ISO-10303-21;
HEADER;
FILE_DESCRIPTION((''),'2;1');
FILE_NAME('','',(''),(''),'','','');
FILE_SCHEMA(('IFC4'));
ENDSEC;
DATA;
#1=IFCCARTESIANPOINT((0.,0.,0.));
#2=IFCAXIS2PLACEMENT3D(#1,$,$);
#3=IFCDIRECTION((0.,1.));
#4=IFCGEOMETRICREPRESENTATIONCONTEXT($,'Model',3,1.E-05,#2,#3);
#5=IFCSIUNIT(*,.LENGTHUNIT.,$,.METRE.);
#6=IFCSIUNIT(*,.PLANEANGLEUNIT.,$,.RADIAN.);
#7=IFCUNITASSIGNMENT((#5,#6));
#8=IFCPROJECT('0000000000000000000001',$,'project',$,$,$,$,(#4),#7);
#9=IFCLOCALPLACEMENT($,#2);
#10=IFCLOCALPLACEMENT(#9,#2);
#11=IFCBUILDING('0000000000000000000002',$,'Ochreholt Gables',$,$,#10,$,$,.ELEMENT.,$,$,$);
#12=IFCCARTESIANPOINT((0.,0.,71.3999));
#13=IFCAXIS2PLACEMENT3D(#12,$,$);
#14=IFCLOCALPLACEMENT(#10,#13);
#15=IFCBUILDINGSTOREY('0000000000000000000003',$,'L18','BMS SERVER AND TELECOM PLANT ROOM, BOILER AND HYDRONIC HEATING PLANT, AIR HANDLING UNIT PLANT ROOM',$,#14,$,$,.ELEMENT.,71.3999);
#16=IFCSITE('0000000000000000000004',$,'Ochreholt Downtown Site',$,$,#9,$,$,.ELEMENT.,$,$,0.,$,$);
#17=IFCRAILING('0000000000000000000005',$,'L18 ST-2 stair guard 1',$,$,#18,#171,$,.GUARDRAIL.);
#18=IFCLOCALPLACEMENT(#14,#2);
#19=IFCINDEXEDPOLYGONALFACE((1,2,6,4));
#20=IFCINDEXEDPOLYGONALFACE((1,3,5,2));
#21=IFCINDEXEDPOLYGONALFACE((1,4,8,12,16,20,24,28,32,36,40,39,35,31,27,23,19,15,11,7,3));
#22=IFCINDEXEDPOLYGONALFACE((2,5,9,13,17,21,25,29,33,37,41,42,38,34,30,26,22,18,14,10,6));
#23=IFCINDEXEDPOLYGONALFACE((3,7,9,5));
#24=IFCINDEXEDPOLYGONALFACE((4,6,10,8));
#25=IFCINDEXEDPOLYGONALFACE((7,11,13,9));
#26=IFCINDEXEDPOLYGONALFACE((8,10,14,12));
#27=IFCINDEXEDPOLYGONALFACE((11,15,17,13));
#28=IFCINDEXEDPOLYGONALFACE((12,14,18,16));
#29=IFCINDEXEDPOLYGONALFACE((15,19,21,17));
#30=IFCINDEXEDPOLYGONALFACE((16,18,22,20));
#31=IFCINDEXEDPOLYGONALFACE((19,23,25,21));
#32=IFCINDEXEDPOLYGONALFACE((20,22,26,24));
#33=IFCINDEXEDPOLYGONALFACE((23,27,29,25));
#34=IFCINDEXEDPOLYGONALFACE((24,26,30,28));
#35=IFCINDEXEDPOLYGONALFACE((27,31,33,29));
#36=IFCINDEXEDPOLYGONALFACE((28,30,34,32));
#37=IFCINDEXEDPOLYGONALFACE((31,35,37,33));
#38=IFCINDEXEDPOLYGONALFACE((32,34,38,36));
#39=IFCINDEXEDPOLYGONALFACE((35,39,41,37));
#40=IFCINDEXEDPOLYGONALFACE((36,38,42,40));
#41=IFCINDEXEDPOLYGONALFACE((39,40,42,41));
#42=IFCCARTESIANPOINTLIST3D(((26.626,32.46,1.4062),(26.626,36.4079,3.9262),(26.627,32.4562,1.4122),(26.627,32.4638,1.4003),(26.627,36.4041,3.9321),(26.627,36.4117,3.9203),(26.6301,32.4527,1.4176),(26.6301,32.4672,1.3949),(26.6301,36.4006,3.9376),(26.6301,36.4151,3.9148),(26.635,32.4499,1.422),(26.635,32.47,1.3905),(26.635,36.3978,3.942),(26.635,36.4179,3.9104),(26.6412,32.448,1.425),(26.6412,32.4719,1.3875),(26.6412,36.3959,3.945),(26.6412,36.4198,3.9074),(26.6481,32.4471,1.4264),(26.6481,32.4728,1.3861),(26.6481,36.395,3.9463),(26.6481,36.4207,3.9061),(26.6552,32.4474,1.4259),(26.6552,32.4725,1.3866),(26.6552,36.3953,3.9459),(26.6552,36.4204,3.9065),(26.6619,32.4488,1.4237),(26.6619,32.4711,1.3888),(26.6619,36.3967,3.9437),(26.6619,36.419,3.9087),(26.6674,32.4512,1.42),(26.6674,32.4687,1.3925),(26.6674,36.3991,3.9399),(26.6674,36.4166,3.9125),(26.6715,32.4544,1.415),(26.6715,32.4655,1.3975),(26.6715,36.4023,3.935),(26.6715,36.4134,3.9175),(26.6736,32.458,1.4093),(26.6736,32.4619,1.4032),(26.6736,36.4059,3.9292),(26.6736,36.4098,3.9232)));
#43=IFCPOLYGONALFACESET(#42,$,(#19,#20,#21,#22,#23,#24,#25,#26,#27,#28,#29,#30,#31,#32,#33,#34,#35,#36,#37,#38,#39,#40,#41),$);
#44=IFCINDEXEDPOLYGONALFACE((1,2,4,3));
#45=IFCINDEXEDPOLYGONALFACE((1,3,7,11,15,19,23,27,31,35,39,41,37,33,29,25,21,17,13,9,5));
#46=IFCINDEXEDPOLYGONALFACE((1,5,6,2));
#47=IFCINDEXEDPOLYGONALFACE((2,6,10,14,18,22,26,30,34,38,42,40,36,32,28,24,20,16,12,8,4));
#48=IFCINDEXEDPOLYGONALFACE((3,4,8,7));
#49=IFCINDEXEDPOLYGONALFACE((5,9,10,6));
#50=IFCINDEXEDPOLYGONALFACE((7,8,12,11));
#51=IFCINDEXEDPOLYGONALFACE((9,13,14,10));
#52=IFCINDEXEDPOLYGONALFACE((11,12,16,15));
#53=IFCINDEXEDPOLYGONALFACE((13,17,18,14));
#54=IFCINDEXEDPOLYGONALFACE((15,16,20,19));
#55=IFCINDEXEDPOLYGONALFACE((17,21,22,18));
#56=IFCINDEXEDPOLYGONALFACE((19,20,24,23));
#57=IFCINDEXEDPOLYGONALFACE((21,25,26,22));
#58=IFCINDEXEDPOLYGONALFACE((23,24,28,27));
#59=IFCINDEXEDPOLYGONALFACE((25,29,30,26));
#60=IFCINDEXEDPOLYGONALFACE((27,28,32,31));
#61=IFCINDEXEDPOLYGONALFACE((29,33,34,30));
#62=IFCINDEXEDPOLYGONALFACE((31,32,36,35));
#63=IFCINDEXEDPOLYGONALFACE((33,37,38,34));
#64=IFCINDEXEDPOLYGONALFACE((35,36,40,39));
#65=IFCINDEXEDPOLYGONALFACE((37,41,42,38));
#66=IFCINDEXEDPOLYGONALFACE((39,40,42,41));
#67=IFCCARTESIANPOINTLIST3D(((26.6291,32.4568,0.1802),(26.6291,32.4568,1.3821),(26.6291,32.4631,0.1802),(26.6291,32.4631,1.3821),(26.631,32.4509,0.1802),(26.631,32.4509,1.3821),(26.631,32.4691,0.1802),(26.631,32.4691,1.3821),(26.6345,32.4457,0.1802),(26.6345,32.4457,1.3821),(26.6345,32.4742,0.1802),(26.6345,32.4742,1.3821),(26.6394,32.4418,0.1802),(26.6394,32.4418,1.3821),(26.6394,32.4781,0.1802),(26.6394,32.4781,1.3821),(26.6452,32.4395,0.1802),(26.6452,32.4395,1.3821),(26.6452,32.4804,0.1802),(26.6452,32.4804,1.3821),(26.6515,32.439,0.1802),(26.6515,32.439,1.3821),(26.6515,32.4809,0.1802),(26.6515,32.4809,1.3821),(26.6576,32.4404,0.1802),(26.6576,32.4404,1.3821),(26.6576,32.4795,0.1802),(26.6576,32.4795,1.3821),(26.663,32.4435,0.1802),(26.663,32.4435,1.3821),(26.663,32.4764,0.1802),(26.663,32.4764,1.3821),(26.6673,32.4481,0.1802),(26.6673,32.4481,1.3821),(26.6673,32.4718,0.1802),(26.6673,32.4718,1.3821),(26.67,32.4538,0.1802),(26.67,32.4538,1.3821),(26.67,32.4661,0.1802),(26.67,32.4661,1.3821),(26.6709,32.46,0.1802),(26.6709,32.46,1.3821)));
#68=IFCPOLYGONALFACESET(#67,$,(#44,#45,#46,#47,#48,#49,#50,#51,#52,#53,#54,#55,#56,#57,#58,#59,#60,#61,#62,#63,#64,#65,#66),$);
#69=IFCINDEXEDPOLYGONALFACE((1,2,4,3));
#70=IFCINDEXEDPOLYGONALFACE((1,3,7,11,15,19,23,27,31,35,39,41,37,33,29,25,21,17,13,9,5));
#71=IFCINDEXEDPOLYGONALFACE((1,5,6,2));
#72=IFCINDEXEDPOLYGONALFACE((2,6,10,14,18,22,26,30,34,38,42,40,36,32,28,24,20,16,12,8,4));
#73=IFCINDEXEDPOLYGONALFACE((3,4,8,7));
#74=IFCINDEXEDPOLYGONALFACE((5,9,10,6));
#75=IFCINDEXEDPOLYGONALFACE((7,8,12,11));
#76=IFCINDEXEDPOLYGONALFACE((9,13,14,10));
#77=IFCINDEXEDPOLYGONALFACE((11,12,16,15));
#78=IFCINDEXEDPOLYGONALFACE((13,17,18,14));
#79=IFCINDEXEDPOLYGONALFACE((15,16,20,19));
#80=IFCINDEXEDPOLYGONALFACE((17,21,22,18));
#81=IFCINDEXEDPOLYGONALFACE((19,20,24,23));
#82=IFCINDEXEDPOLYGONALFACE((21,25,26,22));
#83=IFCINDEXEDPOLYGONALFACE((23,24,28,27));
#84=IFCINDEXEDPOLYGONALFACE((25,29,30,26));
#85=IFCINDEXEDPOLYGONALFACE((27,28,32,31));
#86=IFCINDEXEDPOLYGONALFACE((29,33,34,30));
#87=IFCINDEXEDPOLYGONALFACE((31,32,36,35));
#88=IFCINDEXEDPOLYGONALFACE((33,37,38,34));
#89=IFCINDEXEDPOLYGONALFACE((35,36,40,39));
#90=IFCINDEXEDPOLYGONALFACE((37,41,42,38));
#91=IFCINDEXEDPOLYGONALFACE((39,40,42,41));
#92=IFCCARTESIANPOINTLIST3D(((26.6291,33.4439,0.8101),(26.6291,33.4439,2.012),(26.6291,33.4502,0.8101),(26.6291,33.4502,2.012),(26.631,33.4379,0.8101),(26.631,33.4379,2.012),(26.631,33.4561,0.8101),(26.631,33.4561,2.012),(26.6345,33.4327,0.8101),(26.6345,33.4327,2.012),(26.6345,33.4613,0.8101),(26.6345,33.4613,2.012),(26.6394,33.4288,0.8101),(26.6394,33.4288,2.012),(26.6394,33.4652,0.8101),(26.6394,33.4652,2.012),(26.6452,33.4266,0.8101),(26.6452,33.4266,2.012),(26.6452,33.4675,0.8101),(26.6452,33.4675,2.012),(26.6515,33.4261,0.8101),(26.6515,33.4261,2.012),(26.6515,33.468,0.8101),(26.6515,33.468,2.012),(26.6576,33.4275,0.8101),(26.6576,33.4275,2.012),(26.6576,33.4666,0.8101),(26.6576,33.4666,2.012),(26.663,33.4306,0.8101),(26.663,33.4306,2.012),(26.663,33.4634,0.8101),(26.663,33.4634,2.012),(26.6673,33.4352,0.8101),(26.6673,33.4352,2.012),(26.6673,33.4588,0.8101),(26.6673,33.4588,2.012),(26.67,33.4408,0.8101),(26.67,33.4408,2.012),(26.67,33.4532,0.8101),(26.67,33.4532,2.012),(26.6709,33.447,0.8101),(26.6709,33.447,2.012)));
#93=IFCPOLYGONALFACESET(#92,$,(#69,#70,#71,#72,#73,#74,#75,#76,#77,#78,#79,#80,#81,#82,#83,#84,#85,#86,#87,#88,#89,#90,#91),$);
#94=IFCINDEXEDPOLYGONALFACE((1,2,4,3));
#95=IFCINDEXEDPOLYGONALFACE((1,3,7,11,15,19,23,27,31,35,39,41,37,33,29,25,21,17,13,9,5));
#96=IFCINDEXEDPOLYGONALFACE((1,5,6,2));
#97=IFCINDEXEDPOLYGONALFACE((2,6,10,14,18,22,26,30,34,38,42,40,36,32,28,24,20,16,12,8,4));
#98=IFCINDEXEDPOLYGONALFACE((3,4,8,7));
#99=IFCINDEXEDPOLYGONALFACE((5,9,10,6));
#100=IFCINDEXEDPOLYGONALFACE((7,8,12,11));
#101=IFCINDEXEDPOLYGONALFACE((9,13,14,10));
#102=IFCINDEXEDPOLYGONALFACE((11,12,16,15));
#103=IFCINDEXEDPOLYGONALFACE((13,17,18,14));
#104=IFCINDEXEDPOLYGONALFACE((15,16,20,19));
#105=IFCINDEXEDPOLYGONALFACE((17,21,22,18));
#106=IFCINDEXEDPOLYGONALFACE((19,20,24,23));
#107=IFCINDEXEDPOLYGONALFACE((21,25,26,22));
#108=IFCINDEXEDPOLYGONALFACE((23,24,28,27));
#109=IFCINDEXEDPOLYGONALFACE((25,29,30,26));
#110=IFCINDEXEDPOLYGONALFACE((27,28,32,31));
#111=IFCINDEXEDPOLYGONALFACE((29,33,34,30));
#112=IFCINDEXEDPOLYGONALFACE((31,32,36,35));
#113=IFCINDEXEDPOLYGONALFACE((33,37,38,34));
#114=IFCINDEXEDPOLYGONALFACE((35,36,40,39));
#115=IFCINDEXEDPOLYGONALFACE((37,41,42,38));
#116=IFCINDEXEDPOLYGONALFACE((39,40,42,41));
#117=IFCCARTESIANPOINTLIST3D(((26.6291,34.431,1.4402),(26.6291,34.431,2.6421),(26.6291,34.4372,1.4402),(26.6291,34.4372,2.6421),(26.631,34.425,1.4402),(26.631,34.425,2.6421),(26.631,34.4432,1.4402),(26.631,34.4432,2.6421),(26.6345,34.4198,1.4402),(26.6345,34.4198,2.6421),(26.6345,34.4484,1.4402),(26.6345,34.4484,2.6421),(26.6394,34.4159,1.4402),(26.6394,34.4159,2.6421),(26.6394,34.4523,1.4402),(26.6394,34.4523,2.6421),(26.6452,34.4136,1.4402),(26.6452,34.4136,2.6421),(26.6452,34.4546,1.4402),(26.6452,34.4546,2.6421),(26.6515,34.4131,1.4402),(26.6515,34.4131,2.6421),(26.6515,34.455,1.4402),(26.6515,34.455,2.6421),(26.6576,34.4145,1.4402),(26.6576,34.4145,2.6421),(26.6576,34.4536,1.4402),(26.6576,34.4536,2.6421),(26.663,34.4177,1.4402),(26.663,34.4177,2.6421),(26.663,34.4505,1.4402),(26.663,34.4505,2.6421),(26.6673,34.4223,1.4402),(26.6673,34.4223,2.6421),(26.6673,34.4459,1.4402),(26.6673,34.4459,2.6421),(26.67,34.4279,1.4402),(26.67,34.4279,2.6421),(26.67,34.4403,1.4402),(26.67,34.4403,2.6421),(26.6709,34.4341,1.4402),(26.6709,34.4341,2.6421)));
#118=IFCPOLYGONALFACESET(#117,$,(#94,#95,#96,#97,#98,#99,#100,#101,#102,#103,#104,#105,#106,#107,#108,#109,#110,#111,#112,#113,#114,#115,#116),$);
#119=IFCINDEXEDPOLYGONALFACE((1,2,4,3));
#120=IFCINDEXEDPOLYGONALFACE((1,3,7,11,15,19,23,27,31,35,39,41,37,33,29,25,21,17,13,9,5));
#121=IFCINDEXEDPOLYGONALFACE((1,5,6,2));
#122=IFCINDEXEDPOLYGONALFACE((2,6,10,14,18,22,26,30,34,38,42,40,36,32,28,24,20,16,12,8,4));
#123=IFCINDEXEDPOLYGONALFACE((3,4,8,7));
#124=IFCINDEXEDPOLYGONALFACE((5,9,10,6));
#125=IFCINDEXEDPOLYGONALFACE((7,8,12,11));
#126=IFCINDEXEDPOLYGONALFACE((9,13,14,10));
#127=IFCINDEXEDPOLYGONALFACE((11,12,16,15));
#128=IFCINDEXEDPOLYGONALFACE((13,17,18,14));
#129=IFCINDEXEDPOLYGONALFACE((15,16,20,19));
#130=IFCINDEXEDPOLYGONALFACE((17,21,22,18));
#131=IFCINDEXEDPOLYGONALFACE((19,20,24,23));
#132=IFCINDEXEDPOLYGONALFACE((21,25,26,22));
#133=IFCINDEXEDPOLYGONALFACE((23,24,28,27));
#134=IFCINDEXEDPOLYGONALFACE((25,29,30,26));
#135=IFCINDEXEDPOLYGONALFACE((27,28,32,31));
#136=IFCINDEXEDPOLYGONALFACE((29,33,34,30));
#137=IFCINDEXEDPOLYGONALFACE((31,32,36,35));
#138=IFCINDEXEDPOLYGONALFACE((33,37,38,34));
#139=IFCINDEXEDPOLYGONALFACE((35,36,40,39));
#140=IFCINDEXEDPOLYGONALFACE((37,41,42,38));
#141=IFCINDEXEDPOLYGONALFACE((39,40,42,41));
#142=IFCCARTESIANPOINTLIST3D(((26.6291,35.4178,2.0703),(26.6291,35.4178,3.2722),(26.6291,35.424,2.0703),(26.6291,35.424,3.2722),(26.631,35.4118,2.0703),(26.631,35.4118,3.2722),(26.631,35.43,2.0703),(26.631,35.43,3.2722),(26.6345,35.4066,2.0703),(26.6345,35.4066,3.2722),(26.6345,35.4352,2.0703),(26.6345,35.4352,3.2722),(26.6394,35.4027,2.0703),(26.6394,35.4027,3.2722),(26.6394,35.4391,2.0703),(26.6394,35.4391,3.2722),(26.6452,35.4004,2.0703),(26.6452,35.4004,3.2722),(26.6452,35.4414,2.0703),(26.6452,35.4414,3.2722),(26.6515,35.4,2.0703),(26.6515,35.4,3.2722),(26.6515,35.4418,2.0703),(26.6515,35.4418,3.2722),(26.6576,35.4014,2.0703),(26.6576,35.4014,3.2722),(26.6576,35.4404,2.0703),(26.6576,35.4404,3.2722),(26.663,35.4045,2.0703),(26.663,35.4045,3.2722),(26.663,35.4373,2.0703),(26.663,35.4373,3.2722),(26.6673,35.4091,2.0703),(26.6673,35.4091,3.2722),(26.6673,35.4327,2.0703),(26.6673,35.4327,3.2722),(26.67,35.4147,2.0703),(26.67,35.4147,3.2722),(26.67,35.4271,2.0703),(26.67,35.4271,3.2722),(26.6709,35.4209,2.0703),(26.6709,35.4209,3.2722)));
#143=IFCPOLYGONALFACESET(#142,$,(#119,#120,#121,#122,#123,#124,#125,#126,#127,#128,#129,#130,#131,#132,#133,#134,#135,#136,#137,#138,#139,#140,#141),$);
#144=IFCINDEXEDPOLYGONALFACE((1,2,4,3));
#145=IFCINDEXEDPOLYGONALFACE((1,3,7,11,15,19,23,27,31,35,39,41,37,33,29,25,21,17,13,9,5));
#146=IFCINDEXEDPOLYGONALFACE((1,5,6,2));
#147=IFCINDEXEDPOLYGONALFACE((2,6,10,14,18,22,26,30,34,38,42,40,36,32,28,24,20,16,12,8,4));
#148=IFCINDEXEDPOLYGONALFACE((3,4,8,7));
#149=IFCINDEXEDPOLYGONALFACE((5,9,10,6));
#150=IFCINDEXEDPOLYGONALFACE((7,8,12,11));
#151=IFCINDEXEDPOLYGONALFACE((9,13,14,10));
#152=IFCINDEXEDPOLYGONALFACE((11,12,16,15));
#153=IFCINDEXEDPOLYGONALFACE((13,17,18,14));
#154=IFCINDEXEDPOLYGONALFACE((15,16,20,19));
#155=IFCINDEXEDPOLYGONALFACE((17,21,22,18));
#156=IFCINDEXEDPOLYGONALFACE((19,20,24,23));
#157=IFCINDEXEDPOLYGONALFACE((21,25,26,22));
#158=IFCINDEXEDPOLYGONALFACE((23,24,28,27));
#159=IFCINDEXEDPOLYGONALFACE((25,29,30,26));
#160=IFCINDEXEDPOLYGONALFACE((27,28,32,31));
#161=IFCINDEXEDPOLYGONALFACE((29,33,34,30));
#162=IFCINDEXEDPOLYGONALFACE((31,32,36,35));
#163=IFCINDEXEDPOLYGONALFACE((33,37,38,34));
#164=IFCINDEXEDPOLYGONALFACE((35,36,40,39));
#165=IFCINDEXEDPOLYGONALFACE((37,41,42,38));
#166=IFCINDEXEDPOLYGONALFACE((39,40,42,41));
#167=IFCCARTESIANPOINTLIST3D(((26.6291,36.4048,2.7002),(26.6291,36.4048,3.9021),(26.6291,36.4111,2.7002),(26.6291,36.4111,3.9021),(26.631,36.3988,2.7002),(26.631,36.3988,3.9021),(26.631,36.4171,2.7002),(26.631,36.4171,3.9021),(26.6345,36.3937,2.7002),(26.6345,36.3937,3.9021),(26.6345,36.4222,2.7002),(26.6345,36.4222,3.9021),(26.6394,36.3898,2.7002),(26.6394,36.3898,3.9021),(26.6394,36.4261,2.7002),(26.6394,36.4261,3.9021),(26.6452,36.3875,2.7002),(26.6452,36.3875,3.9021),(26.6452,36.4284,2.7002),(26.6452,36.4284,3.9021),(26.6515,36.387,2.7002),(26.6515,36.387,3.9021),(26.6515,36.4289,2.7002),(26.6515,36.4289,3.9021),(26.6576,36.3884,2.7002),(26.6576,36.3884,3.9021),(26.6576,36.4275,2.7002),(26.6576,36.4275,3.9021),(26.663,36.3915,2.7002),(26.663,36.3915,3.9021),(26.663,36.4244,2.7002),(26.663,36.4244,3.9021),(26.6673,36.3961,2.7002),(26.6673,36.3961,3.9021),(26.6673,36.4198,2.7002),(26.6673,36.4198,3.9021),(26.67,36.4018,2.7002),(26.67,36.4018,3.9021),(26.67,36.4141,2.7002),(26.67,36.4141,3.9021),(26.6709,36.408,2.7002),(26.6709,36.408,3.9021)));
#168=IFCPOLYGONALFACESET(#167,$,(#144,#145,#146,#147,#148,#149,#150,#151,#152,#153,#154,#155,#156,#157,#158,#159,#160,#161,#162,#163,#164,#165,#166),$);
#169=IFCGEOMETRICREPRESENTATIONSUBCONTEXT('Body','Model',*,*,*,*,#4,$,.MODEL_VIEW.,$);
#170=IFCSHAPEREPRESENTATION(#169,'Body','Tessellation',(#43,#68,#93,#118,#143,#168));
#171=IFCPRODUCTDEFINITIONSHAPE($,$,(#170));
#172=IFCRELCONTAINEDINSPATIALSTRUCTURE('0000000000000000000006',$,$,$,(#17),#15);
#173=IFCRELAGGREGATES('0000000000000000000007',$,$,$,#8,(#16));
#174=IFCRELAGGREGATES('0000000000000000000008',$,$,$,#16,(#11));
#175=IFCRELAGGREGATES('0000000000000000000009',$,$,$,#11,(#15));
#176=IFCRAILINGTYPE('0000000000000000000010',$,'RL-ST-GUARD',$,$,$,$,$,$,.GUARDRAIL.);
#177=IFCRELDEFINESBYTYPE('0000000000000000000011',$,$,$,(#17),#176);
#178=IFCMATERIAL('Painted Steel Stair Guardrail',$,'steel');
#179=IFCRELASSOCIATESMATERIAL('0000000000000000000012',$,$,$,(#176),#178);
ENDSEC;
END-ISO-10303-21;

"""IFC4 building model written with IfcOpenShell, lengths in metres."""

from ifc_helpers import new_model, si_unit, direction, frame, origin, origin_2d, place, context, subcontext, project, spatial, circle, extrude, material, type_object, element, save


model = new_model("IFC4")

# Units and contexts
model_context = context("Model", 3, precision=1e-05, world=origin(), true_north=direction((0.0, 1.0)))
body_context = subcontext(model_context, "Body", "Model", "MODEL_VIEW")
ifc_project = project(units=[si_unit("LENGTHUNIT", "METRE"), si_unit("PLANEANGLEUNIT", "RADIAN")], contexts=[model_context])

# Site, building, storey
site_placement = place(None, origin())
site = spatial("IfcSite", under=ifc_project, at=site_placement, Name="Ochreholt Downtown Site", CompositionType="ELEMENT", RefElevation=0.0)
building_placement = place(site_placement, origin())
building = spatial("IfcBuilding", under=site, at=building_placement, Name="Ochreholt Gables", CompositionType="ELEMENT")
storey_placement = place(building_placement, frame((0.0, 0.0, 71.3999)))
storey = spatial("IfcBuildingStorey", under=building, at=storey_placement, Name="L18", Description="BMS SERVER AND TELECOM PLANT ROOM, BOILER AND HYDRONIC HEATING PLANT, AIR HANDLING UNIT PLANT ROOM", CompositionType="ELEMENT", Elevation=71.3999)

# Railing
ifc_material_1 = material(Name="Painted Steel Stair Guardrail", Category="steel")
railing_type_1 = type_object("IfcRailingType", Name="RL-ST-GUARD", PredefinedType="GUARDRAIL", material=ifc_material_1)
railing_1_placement = place(storey_placement, frame((26.6499, 32.46, 0.1802)))
element("IfcRailing", 1, at=railing_1_placement, inside=storey, type_object=railing_type_1, Name="L18 ST-2 stair guard 1", PredefinedType="GUARDRAIL", context=body_context, shape_type="SweptSolid", body=[
    extrude(circle(Radius=0.0239, at=origin_2d()), frame((0.0, 0.0, 1.2261), z_axis=(0.0, 0.84292, 0.538039), x_axis=(-1.0, 0.0, 0.0)), (0.0, 0.0, 1.0), 4.6836),
    extrude(circle(Radius=0.021, at=origin_2d()), origin(), (0.0, 0.0, 1.0), 1.2019),
    extrude(circle(Radius=0.021, at=origin_2d()), frame((0.0, 0.9871, 0.6299)), (0.0, 0.0, 1.0), 1.2019),
    extrude(circle(Radius=0.021, at=origin_2d()), frame((0.0, 1.9741, 1.26)), (0.0, 0.0, 1.0), 1.2019),
    extrude(circle(Radius=0.021, at=origin_2d()), frame((0.0, 2.9609, 1.8901)), (0.0, 0.0, 1.0), 1.2019),
    extrude(circle(Radius=0.021, at=origin_2d()), frame((0.0, 3.948, 2.52)), (0.0, 0.0, 1.0), 1.2019),
])

save(model, "model.ifc")
